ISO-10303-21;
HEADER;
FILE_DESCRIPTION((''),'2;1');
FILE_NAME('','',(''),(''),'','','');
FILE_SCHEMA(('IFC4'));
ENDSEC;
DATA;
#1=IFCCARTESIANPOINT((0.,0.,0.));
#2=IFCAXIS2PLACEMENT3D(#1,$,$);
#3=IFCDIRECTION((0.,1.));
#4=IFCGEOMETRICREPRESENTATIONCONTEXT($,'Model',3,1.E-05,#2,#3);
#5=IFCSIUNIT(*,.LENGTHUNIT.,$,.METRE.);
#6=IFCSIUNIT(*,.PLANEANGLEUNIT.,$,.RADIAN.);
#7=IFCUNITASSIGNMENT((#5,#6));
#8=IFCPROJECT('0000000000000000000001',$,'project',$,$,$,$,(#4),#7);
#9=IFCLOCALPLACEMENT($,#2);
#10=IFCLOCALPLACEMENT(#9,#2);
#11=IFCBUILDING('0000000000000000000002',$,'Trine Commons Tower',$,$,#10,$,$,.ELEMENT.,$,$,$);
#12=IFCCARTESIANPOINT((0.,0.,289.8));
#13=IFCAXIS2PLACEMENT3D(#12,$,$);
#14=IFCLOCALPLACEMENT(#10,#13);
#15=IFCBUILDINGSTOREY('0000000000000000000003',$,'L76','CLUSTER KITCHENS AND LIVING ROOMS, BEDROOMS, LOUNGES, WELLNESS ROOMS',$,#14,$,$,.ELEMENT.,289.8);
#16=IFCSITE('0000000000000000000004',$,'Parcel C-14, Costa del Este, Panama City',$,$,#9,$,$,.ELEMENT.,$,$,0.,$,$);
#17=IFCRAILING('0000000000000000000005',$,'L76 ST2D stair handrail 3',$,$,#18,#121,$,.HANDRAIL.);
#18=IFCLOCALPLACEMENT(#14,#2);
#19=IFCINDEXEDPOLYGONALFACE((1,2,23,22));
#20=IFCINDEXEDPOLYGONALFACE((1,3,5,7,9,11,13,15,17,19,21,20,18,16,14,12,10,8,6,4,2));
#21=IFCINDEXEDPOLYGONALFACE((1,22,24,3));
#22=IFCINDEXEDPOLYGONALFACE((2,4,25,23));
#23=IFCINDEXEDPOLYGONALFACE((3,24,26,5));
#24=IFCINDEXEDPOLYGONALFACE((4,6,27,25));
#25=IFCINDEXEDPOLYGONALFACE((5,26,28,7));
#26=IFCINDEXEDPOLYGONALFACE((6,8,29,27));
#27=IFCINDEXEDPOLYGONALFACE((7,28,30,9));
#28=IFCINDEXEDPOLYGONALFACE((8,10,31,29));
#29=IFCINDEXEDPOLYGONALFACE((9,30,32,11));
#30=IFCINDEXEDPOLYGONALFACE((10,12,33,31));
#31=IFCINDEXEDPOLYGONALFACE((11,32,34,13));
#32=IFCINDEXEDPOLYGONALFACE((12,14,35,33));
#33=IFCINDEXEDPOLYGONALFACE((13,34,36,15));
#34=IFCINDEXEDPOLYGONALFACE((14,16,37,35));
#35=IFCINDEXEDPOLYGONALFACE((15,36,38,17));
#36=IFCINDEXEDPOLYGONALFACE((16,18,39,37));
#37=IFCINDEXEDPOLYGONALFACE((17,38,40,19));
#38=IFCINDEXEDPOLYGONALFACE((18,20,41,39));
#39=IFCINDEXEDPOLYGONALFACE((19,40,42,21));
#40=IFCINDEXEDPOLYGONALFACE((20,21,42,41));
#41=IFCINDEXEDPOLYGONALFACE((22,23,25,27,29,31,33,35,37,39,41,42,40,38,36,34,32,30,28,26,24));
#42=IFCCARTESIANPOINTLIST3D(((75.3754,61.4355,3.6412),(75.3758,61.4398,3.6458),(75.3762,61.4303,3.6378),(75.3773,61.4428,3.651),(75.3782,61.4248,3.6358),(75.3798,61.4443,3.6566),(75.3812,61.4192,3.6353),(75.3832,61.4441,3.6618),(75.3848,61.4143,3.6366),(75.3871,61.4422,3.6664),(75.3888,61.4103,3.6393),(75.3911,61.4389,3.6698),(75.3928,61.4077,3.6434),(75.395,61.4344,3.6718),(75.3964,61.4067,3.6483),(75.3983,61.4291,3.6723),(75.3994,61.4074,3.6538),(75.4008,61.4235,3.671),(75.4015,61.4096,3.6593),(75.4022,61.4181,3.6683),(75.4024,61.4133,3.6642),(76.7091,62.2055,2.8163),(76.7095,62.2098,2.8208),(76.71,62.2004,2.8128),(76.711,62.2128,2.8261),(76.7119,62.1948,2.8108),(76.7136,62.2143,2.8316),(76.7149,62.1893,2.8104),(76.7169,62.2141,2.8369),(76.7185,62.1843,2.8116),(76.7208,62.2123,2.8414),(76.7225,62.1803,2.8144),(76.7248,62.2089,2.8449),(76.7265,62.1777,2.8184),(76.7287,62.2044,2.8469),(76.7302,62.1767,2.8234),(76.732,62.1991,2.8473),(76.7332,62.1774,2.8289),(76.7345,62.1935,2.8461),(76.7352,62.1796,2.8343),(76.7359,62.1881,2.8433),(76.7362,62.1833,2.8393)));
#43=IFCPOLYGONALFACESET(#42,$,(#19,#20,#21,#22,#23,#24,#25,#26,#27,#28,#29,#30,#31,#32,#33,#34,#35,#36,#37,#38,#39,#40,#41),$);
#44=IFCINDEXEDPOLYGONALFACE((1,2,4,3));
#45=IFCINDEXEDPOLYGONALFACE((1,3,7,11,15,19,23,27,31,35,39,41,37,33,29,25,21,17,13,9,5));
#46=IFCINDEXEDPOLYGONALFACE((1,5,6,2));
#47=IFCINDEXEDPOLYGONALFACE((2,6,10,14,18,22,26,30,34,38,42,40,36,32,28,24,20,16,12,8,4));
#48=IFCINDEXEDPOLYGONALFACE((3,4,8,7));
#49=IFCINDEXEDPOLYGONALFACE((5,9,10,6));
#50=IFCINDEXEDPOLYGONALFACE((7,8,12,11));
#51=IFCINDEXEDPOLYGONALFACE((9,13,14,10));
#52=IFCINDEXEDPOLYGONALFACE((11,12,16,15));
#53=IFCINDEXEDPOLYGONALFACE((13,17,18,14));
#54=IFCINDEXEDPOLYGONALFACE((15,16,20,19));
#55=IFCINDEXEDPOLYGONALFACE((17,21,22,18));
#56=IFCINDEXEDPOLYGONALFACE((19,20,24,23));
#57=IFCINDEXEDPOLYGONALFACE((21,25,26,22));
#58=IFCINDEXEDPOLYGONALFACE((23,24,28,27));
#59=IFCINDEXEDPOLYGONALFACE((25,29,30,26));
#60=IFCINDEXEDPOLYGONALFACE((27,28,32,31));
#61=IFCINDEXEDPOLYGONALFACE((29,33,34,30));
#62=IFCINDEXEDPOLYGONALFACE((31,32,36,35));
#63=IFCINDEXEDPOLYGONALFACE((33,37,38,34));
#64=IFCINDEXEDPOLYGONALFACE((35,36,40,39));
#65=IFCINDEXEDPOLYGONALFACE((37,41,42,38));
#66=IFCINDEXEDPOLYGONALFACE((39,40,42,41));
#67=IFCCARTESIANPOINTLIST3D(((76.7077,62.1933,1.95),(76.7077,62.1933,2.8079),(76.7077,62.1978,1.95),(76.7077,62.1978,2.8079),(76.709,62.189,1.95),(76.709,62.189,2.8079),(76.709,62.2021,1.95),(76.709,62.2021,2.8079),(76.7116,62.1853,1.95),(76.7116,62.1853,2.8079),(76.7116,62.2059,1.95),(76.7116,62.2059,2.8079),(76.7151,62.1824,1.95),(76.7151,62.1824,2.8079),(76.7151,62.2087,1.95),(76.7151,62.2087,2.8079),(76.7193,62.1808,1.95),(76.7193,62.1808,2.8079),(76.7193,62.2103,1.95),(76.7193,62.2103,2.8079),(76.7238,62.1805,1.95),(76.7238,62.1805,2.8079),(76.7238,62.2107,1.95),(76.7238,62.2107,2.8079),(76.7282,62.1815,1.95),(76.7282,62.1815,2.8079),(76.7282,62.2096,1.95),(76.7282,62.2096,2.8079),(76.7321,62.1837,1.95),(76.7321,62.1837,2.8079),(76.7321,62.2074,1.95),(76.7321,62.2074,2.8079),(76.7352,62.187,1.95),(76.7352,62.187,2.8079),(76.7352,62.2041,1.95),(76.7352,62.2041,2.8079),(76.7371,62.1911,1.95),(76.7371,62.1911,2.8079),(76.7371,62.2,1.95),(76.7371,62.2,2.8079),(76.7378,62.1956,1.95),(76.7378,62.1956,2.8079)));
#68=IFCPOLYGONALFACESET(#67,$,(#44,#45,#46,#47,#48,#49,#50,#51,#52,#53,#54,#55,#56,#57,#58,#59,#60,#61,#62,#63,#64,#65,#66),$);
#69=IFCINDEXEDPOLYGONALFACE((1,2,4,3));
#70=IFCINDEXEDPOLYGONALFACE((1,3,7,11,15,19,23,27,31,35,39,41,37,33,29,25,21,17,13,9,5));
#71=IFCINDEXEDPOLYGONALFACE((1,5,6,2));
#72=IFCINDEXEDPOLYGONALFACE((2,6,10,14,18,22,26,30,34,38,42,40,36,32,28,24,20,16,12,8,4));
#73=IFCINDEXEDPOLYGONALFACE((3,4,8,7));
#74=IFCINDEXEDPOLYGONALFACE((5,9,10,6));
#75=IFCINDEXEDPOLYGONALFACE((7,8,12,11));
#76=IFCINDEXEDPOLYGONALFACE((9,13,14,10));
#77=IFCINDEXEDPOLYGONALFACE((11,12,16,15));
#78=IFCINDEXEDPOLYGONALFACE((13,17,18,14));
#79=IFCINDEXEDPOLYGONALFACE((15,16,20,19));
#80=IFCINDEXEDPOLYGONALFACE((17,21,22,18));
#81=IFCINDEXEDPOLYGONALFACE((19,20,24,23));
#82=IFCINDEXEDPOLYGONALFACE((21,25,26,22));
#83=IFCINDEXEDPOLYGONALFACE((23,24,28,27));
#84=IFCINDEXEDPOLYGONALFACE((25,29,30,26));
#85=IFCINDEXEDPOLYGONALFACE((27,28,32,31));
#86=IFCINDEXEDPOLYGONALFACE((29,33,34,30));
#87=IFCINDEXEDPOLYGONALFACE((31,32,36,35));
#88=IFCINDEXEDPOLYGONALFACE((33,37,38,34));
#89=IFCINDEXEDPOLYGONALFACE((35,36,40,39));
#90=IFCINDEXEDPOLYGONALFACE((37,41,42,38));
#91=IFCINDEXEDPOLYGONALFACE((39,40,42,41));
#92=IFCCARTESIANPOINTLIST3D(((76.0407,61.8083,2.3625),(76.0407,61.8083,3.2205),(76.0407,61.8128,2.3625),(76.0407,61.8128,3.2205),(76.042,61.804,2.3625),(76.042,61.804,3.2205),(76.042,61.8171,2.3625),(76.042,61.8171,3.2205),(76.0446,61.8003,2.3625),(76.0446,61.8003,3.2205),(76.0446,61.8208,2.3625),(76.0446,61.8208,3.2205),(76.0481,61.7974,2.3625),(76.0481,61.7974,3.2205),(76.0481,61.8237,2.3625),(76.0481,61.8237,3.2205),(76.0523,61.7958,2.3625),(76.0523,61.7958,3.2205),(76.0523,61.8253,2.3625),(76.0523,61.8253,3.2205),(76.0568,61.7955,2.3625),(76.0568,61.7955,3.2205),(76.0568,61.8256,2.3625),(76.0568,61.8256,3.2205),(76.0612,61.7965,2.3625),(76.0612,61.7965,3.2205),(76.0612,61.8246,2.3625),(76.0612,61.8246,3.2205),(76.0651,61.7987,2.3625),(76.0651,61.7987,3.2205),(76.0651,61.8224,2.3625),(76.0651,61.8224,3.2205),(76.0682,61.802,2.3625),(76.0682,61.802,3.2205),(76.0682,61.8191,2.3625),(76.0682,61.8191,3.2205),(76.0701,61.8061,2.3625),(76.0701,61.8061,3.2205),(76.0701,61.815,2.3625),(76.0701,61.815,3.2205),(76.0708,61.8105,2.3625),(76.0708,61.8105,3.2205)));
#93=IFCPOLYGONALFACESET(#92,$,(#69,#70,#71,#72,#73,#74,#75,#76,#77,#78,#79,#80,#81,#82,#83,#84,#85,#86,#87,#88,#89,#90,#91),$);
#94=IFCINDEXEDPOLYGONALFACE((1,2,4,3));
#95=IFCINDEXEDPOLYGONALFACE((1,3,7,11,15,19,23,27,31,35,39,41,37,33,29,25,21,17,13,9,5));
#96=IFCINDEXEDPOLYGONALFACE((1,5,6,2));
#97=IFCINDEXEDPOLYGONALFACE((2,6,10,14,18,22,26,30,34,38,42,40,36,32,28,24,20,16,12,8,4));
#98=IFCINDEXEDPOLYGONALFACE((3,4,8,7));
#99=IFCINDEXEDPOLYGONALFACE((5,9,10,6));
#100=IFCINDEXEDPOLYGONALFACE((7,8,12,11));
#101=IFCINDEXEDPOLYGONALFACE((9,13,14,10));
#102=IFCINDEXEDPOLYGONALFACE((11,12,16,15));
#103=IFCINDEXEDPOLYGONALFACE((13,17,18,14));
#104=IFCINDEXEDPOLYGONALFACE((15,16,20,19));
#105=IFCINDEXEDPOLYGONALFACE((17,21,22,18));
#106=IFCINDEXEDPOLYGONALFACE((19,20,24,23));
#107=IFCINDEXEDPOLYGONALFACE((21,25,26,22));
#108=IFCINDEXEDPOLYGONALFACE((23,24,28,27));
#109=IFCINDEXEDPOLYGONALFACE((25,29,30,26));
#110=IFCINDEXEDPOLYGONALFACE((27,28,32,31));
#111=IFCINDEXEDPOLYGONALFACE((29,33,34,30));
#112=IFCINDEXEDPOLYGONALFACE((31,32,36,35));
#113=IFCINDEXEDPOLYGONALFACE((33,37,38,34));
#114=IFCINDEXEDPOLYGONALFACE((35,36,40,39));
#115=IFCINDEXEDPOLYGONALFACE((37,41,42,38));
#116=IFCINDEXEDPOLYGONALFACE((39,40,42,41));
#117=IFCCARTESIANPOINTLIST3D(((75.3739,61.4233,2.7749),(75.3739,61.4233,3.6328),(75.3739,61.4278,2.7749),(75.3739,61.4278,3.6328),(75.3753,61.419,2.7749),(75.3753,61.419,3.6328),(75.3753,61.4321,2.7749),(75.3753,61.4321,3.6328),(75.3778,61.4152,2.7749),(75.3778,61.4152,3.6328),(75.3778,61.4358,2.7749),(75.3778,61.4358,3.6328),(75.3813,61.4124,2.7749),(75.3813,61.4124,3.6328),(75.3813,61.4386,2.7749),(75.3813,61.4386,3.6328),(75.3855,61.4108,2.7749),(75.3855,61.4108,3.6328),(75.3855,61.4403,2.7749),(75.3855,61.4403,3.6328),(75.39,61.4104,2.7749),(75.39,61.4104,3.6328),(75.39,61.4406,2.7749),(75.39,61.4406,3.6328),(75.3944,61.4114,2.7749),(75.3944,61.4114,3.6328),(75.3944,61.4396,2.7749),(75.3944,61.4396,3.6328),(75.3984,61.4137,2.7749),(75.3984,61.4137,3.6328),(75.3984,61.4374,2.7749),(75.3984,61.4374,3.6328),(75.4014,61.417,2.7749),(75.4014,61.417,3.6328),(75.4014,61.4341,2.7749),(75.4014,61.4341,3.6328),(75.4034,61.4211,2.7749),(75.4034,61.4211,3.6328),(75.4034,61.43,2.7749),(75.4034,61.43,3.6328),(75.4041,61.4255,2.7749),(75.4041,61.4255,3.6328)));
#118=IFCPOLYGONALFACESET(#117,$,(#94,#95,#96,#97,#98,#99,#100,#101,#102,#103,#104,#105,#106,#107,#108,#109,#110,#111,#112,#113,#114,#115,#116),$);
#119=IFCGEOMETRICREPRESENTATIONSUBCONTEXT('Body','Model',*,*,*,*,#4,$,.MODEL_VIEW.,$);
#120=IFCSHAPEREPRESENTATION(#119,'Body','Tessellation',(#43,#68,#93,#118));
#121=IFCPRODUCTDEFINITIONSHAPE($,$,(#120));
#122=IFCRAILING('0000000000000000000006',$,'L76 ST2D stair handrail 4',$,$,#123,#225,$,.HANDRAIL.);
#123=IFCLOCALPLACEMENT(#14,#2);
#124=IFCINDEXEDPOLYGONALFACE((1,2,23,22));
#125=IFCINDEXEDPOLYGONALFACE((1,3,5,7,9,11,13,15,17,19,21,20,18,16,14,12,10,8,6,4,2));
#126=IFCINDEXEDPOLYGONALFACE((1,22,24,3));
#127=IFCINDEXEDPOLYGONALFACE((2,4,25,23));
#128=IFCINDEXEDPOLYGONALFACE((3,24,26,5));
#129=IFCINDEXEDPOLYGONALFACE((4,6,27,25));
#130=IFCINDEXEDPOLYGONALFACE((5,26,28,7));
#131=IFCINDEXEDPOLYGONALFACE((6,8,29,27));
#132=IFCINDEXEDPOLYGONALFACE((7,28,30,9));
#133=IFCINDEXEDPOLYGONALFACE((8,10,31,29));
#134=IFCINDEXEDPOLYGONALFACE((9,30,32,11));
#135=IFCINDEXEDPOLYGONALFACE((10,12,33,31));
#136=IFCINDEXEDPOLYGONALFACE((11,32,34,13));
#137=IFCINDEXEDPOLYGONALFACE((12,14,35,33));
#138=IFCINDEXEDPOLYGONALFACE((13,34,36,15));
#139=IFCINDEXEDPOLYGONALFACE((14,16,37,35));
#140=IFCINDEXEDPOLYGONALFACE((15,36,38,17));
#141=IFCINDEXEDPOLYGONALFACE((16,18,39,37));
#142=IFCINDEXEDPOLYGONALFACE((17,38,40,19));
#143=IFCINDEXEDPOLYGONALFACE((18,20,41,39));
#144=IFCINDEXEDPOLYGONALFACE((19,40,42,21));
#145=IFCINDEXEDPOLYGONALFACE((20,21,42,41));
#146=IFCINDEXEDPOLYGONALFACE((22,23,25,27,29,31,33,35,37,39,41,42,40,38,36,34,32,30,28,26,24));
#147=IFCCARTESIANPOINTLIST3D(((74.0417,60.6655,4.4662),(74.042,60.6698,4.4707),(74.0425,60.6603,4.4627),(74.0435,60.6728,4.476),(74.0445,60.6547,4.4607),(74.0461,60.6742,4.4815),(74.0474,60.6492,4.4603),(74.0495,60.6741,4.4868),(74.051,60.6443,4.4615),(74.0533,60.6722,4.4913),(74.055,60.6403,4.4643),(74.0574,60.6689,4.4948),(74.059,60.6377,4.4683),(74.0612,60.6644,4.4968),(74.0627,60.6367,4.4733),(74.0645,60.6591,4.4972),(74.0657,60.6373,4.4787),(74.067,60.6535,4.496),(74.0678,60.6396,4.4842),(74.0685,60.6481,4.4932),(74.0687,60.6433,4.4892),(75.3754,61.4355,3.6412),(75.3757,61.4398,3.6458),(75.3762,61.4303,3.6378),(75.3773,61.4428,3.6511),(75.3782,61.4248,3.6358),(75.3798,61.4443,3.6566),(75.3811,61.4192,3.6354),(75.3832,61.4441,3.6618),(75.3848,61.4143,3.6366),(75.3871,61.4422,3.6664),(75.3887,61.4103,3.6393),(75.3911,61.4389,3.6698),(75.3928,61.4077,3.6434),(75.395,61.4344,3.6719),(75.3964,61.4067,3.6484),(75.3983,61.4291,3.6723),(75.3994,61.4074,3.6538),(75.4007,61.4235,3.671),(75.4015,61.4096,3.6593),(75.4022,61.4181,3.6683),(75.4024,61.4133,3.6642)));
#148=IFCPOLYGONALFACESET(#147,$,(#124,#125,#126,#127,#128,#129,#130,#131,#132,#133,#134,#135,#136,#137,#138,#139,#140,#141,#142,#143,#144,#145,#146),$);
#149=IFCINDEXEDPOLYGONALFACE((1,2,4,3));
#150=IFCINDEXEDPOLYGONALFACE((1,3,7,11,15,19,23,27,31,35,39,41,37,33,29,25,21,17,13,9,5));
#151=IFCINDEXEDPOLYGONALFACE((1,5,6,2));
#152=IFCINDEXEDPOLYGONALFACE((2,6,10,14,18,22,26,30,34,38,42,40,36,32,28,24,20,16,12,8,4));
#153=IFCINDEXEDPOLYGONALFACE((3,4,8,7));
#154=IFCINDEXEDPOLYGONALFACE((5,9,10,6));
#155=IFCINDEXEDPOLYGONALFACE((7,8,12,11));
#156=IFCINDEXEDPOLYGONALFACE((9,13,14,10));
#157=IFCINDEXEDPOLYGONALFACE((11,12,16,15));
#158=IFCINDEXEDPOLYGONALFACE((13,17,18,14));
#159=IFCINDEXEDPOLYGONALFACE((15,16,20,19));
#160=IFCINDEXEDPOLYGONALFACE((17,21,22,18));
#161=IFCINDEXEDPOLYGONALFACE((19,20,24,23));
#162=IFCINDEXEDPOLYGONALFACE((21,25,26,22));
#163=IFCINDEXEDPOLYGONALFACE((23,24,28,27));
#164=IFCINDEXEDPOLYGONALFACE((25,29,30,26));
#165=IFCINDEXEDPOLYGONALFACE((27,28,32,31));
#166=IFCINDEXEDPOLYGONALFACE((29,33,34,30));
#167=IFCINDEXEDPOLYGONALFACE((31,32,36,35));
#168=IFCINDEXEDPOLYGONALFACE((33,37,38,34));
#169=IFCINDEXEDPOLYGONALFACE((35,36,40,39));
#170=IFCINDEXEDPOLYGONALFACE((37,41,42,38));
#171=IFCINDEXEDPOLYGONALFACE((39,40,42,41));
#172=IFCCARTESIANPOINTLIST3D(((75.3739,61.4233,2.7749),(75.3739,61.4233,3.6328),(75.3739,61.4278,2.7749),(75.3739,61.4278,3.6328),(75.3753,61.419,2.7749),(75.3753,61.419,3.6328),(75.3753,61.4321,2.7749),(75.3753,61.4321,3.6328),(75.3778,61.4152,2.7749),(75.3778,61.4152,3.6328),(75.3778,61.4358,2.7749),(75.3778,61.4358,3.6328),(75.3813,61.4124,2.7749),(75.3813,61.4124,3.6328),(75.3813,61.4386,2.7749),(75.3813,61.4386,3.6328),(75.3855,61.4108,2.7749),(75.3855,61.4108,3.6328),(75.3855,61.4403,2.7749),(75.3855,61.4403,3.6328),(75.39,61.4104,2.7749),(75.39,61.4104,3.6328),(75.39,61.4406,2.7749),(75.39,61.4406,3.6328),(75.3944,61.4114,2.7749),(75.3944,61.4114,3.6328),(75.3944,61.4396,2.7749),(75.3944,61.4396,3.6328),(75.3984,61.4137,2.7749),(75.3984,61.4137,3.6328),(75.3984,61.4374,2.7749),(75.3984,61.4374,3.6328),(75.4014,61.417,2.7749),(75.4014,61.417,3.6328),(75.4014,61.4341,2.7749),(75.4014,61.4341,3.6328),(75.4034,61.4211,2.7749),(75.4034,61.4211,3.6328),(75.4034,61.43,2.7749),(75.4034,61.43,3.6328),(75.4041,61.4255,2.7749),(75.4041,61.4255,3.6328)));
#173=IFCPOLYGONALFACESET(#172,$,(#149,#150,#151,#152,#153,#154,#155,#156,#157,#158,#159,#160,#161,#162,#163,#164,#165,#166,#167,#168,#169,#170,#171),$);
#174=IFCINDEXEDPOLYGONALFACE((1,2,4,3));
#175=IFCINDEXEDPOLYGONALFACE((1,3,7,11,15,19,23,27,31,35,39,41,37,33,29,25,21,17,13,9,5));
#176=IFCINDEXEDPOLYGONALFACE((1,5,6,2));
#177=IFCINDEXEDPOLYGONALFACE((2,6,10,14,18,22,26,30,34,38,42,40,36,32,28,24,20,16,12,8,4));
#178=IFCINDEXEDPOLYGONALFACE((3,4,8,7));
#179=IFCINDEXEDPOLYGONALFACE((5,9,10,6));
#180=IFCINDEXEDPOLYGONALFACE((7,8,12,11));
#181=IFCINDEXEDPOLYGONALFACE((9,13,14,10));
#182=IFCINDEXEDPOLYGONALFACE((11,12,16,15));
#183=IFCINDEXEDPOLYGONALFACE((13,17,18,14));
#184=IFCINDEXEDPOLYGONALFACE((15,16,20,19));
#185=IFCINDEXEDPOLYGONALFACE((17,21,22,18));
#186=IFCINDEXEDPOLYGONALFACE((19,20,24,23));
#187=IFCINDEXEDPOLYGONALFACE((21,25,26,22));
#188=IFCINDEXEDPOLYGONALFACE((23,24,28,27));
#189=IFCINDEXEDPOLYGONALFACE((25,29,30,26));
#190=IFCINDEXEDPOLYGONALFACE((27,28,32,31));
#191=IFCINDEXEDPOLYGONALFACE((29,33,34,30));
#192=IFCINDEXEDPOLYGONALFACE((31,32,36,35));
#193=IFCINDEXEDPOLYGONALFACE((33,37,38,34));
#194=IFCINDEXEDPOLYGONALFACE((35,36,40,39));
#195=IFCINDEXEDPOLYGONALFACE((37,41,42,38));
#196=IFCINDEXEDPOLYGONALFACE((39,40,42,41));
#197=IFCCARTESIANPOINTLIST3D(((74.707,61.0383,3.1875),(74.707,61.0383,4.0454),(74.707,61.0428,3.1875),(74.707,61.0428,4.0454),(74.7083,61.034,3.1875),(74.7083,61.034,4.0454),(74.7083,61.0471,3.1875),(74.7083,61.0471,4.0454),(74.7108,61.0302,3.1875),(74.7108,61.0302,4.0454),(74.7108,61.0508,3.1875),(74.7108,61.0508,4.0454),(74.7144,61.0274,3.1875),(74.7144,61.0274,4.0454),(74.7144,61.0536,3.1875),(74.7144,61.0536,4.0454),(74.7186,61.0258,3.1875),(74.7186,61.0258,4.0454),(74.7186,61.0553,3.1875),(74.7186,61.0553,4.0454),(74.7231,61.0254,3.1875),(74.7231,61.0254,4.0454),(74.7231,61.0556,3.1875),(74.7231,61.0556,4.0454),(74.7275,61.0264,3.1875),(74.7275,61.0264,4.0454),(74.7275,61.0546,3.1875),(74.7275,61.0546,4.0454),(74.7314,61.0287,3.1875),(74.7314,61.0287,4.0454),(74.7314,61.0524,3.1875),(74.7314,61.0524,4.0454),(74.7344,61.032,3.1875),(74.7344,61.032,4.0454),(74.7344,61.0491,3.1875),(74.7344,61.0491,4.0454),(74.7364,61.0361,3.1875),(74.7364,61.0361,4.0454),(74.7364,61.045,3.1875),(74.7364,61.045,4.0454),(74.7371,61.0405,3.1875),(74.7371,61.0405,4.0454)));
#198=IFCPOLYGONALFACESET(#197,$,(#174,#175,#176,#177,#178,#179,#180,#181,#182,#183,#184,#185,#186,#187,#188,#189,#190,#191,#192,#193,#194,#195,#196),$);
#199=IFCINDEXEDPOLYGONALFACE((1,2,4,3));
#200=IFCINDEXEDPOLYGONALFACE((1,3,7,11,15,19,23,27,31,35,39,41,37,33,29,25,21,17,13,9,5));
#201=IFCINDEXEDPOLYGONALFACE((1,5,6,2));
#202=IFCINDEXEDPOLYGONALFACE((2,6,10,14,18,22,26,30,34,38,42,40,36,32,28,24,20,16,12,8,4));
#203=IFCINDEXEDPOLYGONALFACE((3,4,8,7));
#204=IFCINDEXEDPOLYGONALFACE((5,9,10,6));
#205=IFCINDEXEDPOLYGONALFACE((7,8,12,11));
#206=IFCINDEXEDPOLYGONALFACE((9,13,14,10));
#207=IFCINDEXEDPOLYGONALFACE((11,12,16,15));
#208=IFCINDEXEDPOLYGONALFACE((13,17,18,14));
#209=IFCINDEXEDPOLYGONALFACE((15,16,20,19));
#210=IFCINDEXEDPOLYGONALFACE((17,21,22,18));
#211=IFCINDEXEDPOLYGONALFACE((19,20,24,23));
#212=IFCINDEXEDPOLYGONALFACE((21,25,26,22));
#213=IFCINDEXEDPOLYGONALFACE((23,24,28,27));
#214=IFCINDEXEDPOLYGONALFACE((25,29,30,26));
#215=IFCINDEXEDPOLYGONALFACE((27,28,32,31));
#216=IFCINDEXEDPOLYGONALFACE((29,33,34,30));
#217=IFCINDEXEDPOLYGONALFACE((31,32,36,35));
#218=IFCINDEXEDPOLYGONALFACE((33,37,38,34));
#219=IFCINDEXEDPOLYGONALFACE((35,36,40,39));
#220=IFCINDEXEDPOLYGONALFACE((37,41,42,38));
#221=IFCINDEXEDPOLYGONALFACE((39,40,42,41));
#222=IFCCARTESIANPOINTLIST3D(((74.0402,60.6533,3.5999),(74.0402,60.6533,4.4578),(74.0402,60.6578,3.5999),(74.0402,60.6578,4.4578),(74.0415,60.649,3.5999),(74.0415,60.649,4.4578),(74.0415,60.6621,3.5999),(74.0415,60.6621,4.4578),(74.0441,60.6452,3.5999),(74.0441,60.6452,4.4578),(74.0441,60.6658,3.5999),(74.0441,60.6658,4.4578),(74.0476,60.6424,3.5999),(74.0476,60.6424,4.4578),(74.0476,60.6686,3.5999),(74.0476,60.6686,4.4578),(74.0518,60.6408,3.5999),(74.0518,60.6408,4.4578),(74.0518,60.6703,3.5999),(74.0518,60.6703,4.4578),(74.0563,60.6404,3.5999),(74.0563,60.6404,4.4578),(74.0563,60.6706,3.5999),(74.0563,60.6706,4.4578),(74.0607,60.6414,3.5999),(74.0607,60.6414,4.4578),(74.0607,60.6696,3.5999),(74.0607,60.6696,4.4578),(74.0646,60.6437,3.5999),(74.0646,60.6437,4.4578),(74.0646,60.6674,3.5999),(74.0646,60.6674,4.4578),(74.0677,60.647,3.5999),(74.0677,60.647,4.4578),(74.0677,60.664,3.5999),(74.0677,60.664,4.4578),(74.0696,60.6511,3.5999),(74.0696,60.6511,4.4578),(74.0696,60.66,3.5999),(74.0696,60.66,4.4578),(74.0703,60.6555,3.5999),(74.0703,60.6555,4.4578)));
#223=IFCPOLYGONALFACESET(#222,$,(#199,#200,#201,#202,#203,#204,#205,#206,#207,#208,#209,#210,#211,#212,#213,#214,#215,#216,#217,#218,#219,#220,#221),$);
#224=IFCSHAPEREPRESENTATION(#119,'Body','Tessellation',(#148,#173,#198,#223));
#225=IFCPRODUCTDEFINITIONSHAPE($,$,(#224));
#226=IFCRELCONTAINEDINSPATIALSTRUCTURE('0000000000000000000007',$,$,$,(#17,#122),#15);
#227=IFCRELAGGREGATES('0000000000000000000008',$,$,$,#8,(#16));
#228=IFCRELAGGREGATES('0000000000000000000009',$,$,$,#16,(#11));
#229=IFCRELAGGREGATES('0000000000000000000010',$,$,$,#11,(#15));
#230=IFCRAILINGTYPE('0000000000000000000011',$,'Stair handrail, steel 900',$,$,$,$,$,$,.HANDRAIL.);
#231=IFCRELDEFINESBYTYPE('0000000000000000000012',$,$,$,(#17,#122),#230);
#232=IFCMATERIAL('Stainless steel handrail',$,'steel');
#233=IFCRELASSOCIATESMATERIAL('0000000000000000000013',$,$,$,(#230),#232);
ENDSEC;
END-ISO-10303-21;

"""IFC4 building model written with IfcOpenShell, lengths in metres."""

from ifc_helpers import new_model, si_unit, direction, frame, origin, origin_2d, place, context, subcontext, project, spatial, circle, extrude, material, type_object, element, save


model = new_model("IFC4")

# Units and contexts
model_context = context("Model", 3, precision=1e-05, world=origin(), true_north=direction((0.0, 1.0)))
body_context = subcontext(model_context, "Body", "Model", "MODEL_VIEW")
ifc_project = project(units=[si_unit("LENGTHUNIT", "METRE"), si_unit("PLANEANGLEUNIT", "RADIAN")], contexts=[model_context])

# Site, building, storey
site_placement = place(None, origin())
site = spatial("IfcSite", under=ifc_project, at=site_placement, Name="Parcel C-14, Costa del Este, Panama City", CompositionType="ELEMENT", RefElevation=0.0)
building_placement = place(site_placement, origin())
building = spatial("IfcBuilding", under=site, at=building_placement, Name="Trine Commons Tower", CompositionType="ELEMENT")
storey_placement = place(building_placement, frame((0.0, 0.0, 289.8)))
storey = spatial("IfcBuildingStorey", under=building, at=storey_placement, Name="L76", Description="CLUSTER KITCHENS AND LIVING ROOMS, BEDROOMS, LOUNGES, WELLNESS ROOMS", CompositionType="ELEMENT", Elevation=289.8)

# Railings
ifc_material_1 = material(Name="Stainless steel handrail", Category="steel")
railing_type_1 = type_object("IfcRailingType", Name="Stair handrail, steel 900", PredefinedType="HANDRAIL", material=ifc_material_1)
for number, where, name in (
    (1, (76.7227, 62.1956, 1.95), "L76 ST2D stair handrail 3"),
    (2, (75.3889, 61.4255, 2.7749), "L76 ST2D stair handrail 4"),
):
    element("IfcRailing", number, at=place(storey_placement, frame(where)), inside=storey, type_object=railing_type_1, Name=name, PredefinedType="HANDRAIL", context=body_context, shape_type="SweptSolid", body=[
        extrude(circle(Radius=0.021, at=origin_2d()), frame((0.0, 0.0, 0.8789), z_axis=(-0.763405, -0.440743, 0.472185), x_axis=(0.499992, -0.86603, 0.0)), (0.0, 0.0, 1.0), 1.7471),
        extrude(circle(Radius=0.0151, at=origin_2d()), origin(), (0.0, 0.0, 1.0), 0.8579),
        extrude(circle(Radius=0.0151, at=origin_2d()), frame((-0.667, -0.385, 0.4126)), (0.0, 0.0, 1.0), 0.8579),
        extrude(circle(Radius=0.0151, at=origin_2d()), frame((-1.3337, -0.77, 0.825)), (0.0, 0.0, 1.0), 0.8579),
    ])

save(model, "model.ifc")
